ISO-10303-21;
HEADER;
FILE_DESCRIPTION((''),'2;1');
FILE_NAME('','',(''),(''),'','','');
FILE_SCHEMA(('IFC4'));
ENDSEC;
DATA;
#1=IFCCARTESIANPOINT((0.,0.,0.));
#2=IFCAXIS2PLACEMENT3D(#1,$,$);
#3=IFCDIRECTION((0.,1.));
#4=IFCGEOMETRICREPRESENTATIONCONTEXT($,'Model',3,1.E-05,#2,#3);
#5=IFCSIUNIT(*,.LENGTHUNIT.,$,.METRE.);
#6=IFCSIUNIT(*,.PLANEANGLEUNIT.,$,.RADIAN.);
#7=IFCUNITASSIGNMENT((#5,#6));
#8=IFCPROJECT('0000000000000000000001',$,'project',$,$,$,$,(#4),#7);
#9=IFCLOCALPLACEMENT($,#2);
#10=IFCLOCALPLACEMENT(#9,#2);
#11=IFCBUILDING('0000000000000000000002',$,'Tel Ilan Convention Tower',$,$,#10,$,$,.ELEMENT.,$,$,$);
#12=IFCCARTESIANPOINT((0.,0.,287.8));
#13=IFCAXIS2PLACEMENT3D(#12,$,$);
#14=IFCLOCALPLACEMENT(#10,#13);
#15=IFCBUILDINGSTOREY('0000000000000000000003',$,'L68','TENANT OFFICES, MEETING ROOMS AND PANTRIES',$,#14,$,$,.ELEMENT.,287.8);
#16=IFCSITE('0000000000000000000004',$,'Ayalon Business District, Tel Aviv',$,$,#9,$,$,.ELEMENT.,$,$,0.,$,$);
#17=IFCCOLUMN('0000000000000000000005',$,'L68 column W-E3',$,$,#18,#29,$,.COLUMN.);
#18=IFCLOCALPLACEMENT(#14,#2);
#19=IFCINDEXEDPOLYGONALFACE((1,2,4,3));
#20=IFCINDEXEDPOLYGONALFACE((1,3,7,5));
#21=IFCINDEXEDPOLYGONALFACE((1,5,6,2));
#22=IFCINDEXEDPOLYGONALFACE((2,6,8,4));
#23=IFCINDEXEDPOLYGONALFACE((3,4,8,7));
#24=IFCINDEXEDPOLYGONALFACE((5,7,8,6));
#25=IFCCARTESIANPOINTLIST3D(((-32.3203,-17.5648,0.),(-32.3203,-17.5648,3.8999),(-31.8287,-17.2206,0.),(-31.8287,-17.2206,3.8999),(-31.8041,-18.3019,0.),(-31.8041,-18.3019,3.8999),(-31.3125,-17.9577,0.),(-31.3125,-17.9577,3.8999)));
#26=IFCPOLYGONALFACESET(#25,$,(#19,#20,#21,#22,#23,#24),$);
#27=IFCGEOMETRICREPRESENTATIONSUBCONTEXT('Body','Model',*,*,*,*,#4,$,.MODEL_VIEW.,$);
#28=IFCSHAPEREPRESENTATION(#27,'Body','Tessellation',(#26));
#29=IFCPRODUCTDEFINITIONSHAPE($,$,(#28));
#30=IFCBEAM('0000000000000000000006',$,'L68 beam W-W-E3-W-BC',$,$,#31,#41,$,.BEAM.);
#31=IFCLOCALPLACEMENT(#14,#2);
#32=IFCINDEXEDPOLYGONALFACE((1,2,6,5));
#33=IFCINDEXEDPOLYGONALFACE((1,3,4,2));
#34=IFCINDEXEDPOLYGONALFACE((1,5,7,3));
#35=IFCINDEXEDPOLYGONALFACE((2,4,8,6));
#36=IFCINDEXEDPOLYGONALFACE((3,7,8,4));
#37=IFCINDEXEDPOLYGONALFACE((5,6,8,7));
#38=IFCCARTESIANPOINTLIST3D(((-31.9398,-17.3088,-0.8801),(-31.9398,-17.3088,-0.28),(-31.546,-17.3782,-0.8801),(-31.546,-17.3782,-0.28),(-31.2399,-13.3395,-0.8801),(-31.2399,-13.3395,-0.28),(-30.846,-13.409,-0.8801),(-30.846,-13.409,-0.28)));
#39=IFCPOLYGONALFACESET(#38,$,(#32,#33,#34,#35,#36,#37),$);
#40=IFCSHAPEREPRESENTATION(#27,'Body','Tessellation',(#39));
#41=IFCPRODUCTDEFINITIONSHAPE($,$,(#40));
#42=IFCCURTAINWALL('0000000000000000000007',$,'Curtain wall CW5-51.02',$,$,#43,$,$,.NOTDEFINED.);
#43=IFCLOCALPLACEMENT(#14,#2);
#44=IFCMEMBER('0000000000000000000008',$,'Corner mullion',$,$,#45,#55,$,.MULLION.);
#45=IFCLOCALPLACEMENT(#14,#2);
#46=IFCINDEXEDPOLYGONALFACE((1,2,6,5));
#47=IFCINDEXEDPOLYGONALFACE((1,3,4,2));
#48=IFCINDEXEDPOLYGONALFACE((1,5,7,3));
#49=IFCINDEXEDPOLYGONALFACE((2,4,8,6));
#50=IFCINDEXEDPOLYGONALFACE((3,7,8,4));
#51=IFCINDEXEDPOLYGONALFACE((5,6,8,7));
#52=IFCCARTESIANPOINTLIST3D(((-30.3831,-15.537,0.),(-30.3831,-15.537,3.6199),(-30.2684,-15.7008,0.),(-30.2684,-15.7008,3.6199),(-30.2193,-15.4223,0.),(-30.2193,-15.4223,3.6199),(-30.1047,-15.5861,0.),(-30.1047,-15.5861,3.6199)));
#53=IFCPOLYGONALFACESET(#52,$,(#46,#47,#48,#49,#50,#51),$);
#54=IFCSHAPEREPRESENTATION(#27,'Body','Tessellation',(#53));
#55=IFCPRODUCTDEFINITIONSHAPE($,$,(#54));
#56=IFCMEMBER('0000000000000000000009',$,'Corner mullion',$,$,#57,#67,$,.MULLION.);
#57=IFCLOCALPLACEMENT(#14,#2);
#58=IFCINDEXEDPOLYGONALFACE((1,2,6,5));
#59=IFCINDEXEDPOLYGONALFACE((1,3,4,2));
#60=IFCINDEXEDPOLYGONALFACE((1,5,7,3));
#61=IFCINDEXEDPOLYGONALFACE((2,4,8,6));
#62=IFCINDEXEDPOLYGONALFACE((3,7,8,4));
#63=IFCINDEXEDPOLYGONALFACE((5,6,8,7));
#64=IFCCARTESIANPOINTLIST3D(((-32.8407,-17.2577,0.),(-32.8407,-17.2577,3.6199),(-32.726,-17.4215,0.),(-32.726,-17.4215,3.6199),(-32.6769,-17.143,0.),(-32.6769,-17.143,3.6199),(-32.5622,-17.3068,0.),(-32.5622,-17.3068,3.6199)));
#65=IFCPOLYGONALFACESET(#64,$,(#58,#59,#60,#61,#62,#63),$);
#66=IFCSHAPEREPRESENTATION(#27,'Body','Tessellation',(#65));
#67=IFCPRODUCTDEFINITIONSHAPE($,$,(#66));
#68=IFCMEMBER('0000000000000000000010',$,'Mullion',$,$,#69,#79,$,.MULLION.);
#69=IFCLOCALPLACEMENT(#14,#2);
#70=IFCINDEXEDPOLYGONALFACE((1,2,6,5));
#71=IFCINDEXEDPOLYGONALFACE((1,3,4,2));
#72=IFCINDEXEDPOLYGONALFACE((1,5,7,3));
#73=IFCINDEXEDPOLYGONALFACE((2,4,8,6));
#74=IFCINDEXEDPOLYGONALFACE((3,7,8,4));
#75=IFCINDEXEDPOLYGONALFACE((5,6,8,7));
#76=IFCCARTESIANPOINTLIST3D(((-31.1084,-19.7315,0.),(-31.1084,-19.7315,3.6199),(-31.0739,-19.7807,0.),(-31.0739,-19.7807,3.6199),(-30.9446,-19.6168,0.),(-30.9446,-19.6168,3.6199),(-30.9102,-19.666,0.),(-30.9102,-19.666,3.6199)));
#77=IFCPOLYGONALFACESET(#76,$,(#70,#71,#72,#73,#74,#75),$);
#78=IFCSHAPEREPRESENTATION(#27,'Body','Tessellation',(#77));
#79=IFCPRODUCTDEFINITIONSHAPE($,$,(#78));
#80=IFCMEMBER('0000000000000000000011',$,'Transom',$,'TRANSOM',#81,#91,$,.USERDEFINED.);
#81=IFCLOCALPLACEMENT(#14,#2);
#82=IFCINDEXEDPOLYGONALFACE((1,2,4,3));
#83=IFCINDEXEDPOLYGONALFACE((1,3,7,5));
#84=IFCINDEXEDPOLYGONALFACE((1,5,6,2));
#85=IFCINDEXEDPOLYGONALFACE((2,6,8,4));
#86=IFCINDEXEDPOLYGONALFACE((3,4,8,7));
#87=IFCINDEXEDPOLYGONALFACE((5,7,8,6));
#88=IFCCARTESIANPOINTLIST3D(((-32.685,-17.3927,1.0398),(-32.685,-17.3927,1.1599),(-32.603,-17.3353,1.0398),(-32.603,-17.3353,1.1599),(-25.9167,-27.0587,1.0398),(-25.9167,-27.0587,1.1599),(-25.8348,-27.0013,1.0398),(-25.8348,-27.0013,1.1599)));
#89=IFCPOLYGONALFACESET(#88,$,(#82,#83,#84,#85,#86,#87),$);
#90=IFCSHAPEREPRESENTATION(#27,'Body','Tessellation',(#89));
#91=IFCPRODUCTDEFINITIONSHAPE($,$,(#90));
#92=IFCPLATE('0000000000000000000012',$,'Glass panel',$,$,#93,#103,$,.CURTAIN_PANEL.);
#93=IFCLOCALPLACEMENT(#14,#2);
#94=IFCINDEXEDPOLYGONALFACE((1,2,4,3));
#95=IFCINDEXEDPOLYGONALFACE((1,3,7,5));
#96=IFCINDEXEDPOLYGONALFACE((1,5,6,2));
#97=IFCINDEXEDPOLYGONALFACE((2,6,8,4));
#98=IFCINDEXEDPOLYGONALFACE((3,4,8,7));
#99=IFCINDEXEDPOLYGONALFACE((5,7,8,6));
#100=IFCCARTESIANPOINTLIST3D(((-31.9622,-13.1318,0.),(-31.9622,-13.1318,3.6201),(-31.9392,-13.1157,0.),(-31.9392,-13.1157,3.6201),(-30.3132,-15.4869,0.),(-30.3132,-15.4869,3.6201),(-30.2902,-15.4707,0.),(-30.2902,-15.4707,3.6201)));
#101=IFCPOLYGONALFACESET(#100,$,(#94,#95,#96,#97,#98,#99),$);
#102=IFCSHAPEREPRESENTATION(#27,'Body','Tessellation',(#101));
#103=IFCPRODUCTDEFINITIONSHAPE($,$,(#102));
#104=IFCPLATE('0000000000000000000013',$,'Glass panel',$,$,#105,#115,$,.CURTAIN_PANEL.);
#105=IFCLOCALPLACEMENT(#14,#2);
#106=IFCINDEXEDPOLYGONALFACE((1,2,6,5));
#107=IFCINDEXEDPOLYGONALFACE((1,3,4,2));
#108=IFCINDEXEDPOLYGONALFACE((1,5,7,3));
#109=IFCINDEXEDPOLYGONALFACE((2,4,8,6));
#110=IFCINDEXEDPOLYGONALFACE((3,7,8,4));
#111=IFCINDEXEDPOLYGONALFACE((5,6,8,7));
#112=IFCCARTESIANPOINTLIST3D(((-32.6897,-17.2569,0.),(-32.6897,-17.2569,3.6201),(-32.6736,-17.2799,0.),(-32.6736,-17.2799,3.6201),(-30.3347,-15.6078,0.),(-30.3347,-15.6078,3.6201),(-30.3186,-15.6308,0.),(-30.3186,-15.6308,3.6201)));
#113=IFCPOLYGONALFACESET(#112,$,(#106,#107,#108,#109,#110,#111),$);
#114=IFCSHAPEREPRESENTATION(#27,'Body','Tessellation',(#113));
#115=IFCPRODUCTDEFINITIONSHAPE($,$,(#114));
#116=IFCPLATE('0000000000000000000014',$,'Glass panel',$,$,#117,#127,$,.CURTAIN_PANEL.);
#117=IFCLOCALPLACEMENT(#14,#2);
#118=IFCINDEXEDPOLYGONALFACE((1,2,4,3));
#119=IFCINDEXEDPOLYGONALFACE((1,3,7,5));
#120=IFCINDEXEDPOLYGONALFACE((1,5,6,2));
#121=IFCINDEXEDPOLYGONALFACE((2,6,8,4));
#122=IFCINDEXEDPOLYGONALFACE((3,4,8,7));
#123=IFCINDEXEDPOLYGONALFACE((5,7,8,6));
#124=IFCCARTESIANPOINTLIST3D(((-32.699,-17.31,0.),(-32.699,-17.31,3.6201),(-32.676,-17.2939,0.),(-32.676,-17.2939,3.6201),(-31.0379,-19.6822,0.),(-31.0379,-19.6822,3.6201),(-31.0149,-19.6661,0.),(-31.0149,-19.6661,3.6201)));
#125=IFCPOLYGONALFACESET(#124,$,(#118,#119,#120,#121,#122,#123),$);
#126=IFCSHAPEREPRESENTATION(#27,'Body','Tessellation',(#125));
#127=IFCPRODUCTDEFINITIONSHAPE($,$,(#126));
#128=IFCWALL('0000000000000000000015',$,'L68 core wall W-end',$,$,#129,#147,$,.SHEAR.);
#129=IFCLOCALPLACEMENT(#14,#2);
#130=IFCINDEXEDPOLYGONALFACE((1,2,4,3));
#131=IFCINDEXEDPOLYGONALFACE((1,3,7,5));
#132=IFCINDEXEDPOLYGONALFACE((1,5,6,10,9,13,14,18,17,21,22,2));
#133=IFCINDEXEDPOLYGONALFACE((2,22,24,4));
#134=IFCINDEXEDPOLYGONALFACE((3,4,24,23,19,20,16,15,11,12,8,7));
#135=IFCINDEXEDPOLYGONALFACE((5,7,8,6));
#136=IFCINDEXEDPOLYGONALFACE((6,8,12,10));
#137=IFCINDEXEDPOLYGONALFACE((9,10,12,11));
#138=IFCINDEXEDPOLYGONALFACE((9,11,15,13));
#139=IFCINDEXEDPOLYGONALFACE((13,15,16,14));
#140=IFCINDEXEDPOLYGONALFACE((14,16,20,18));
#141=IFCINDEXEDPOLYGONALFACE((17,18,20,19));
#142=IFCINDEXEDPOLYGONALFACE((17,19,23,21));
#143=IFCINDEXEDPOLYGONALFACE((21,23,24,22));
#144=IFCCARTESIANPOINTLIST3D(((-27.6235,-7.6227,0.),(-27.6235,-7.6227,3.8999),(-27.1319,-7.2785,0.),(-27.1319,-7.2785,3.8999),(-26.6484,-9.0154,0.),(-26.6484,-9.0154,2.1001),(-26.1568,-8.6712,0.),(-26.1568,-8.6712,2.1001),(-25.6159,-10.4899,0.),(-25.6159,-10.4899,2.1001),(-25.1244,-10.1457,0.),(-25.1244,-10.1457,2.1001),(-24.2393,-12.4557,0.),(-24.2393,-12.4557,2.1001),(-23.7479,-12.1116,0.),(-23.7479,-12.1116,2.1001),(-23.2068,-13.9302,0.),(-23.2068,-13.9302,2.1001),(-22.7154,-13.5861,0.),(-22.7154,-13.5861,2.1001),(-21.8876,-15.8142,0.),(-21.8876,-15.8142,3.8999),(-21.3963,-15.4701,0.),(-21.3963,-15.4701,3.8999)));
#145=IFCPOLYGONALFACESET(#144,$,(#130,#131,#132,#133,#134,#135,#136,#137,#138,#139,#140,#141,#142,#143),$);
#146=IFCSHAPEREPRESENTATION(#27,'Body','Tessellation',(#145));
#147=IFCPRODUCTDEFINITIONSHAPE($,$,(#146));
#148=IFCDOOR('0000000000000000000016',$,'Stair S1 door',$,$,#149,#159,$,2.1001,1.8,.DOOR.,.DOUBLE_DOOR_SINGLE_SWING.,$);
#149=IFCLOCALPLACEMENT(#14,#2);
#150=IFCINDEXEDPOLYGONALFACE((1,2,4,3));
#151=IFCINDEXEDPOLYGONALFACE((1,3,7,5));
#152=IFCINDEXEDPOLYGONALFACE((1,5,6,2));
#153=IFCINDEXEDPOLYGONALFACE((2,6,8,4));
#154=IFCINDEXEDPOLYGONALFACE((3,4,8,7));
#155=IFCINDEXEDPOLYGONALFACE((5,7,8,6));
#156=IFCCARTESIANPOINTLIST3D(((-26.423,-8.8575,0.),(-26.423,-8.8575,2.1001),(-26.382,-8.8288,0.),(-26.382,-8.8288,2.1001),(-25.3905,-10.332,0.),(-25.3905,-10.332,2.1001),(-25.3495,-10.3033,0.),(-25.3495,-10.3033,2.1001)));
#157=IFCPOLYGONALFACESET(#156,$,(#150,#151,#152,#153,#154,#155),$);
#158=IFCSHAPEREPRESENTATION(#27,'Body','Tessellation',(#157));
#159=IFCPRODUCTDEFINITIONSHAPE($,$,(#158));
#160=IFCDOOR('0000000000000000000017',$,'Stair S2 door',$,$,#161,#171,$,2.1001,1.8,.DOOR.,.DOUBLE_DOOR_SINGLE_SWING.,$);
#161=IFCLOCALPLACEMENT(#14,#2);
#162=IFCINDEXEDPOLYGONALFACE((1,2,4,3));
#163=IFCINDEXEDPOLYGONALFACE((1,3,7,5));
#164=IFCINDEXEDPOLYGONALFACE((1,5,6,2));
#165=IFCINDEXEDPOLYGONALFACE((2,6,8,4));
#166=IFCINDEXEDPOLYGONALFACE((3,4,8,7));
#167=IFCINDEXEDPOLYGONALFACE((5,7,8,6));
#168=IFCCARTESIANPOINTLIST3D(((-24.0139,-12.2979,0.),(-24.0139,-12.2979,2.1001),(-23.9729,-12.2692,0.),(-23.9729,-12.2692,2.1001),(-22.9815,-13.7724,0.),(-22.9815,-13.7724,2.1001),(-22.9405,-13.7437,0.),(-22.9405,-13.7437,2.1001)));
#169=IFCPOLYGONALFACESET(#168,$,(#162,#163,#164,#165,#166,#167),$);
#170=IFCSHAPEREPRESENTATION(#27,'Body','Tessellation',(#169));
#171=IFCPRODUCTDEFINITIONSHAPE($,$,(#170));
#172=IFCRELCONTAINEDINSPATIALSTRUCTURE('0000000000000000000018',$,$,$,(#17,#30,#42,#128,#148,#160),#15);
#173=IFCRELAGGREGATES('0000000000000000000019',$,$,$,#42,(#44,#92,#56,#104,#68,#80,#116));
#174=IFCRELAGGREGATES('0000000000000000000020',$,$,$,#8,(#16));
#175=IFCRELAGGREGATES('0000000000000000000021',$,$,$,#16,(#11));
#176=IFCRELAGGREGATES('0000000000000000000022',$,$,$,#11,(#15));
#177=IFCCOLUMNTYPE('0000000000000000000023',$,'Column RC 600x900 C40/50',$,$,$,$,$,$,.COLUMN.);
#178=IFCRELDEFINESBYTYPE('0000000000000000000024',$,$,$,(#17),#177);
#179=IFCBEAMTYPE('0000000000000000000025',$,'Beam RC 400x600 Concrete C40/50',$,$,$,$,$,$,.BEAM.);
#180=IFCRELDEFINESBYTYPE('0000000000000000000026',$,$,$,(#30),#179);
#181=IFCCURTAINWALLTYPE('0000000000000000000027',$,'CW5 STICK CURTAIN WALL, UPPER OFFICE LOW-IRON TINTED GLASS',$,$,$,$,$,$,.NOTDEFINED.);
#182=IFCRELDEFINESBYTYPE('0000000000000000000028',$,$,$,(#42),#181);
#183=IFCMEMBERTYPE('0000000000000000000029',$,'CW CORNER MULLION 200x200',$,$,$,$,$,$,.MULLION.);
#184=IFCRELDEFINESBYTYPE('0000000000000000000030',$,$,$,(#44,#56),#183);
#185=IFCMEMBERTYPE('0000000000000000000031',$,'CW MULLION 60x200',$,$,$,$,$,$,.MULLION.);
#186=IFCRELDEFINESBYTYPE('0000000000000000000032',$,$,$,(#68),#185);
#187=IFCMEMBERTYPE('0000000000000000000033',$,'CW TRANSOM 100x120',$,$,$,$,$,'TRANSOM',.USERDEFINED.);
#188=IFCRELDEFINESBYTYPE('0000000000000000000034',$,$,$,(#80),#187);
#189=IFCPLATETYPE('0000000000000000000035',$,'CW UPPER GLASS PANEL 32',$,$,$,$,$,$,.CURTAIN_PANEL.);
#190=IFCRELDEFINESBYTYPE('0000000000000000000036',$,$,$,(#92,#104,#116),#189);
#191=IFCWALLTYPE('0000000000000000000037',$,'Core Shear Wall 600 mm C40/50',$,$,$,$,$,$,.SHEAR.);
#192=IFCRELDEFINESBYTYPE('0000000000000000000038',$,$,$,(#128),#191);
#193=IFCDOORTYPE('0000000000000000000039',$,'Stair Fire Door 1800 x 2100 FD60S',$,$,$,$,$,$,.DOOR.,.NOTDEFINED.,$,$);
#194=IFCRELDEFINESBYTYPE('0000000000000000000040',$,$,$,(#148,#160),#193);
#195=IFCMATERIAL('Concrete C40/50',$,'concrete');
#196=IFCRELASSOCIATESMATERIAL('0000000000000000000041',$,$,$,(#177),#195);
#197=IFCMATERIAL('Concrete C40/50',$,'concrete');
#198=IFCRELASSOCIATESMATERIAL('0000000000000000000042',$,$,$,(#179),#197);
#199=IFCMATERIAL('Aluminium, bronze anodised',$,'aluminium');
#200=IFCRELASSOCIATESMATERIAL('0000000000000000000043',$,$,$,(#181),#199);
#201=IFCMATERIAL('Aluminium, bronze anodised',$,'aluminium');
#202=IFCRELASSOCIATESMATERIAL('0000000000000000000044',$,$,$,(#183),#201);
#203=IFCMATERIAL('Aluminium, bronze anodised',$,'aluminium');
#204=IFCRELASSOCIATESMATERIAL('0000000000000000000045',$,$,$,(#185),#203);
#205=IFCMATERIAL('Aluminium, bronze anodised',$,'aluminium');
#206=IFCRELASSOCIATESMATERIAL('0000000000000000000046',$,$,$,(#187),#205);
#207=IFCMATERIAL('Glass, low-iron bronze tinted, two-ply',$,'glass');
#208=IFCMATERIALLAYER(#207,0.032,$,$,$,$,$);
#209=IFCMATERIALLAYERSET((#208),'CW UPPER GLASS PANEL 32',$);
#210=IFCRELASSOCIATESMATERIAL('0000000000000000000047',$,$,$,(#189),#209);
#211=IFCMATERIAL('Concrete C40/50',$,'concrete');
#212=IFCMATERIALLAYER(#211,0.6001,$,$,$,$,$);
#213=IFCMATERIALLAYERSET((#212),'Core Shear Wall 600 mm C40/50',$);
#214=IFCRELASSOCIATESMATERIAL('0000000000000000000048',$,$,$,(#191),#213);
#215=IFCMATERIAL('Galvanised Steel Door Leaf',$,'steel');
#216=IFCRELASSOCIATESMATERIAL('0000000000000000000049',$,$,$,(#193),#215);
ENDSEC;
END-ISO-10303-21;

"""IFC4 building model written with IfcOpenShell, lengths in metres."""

from ifc_helpers import new_model, si_unit, direction, frame, frame_2d, origin, origin_2d, place, context, subcontext, project, spatial, polyline, rectangle, outline, extrude, material, layer, layer_set, material_profile, profile_set, type_object, element, fill, aggregate, save


model = new_model("IFC4")

# Units and contexts
model_context = context("Model", 3, precision=1e-05, world=origin(), true_north=direction((0.0, 1.0)))
body_context = subcontext(model_context, "Body", "Model", "MODEL_VIEW")
ifc_project = project(units=[si_unit("LENGTHUNIT", "METRE"), si_unit("PLANEANGLEUNIT", "RADIAN")], contexts=[model_context])

# Site, building, storey
site_placement = place(None, origin())
site = spatial("IfcSite", under=ifc_project, at=site_placement, Name="Ayalon Business District, Tel Aviv", CompositionType="ELEMENT", RefElevation=0.0)
building_placement = place(site_placement, origin())
building = spatial("IfcBuilding", under=site, at=building_placement, Name="Tel Ilan Convention Tower", CompositionType="ELEMENT")
storey_placement = place(building_placement, frame((0.0, 0.0, 287.8)))
storey = spatial("IfcBuildingStorey", under=building, at=storey_placement, Name="L68", Description="TENANT OFFICES, MEETING ROOMS AND PANTRIES", CompositionType="ELEMENT", Elevation=287.8)

# Column
ifc_material_1 = material(Name="Concrete C40/50", Category="concrete")
ifc_material_profile_1 = material_profile(ifc_material_1, rectangle(XDim=0.8999, YDim=0.6001, at=origin_2d()), Name="RC 600x900")
ifc_profile_set_1 = profile_set([ifc_material_profile_1], Name="Concrete C40/50")
column_type = type_object("IfcColumnType", Name="Column RC 600x900 C40/50", PredefinedType="COLUMN", material=ifc_profile_set_1)
column_placement = place(storey_placement, frame((-31.8164, -17.7612, 0.0), z_axis=(0.0, 0.0, 1.0), x_axis=(-0.573576, 0.819152, 0.0)))
element("IfcColumn", 1, at=column_placement, inside=storey, type_object=column_type, Name="L68 column W-E3", PredefinedType="COLUMN", context=body_context, shape_type="SweptSolid", body=[
    extrude(rectangle(XDim=0.8999, YDim=0.6001, at=origin_2d()), origin(), (0.0, 0.0, 1.0), 3.8999),
])

# Beam
ifc_material_2 = material(Name="Concrete C40/50", Category="concrete")
ifc_material_profile_2 = material_profile(ifc_material_2, rectangle(XDim=0.3999, YDim=0.6001, at=origin_2d()), Name="RC 400x600")
ifc_profile_set_2 = profile_set([ifc_material_profile_2], Name="Concrete C40/50")
beam_type = type_object("IfcBeamType", Name="Beam RC 400x600 Concrete C40/50", PredefinedType="BEAM", material=ifc_profile_set_2)
beam_placement = place(storey_placement, frame((-31.7429, -17.3435, -0.5801), z_axis=(0.173664, 0.984805, 0.0), x_axis=(-0.984805, 0.173664, 0.0)))
element("IfcBeam", 2, at=beam_placement, inside=storey, type_object=beam_type, Name="L68 beam W-W-E3-W-BC", PredefinedType="BEAM", context=body_context, shape_type="SweptSolid", body=[
    extrude(rectangle(XDim=0.3999, YDim=0.6001, at=origin_2d()), origin(), (0.0, 0.0, 1.0), 4.0305),
])

# Curtain wall, members, plates
ifc_material_3 = material(Name="Aluminium, bronze anodised", Category="aluminium")
curtain_wall_type = type_object("IfcCurtainWallType", Name="CW5 STICK CURTAIN WALL, UPPER OFFICE LOW-IRON TINTED GLASS", PredefinedType="NOTDEFINED", material=ifc_material_3)
curtain_wall_placement = place(storey_placement, origin())
curtain_wall = element("IfcCurtainWall", 3, at=curtain_wall_placement, inside=storey, type_object=curtain_wall_type, Name="Curtain wall CW5-51.02", PredefinedType="NOTDEFINED")
ifc_material_4 = material(Name="Aluminium, bronze anodised", Category="aluminium")
ifc_material_profile_3 = material_profile(ifc_material_4, rectangle(XDim=0.2, YDim=0.2, at=origin_2d()), Name="CW CORNER MULLION 200x200")
ifc_profile_set_3 = profile_set([ifc_material_profile_3], Name="Aluminium, bronze anodised")
member_type_1 = type_object("IfcMemberType", Name="CW CORNER MULLION 200x200", PredefinedType="MULLION", material=ifc_profile_set_3)
member_1_placement = place(storey_placement, frame((-30.2439, -15.5615, 0.0), z_axis=(0.0, 0.0, 1.0), x_axis=(0.573576, -0.819152, 0.0)))
member_1 = element("IfcMember", 4, at=member_1_placement, type_object=member_type_1, Name="Corner mullion", PredefinedType="MULLION", context=body_context, shape_type="SweptSolid", body=[
    extrude(rectangle(XDim=0.2, YDim=0.2, at=origin_2d()), origin(), (0.0, 0.0, 1.0), 3.6199),
])
member_2_placement = place(storey_placement, frame((-32.7014, -17.2822, 0.0), z_axis=(0.0, 0.0, 1.0), x_axis=(-0.819152, -0.573576, 0.0)))
member_2 = element("IfcMember", 5, at=member_2_placement, type_object=member_type_1, Name="Corner mullion", PredefinedType="MULLION", context=body_context, shape_type="SweptSolid", body=[
    extrude(rectangle(XDim=0.2, YDim=0.2, at=origin_2d()), origin(), (0.0, 0.0, 1.0), 3.6199),
])
ifc_material_5 = material(Name="Aluminium, bronze anodised", Category="aluminium")
ifc_material_profile_4 = material_profile(ifc_material_5, rectangle(XDim=0.0601, YDim=0.2, at=origin_2d()), Name="CW MULLION 60x200")
ifc_profile_set_4 = profile_set([ifc_material_profile_4], Name="Aluminium, bronze anodised")
member_type_2 = type_object("IfcMemberType", Name="CW MULLION 60x200", PredefinedType="MULLION", material=ifc_profile_set_4)
member_3_placement = place(storey_placement, frame((-31.0093, -19.6987, 0.0), z_axis=(0.0, 0.0, 1.0), x_axis=(0.573576, -0.819152, 0.0)))
member_3 = element("IfcMember", 6, at=member_3_placement, type_object=member_type_2, Name="Mullion", PredefinedType="MULLION", context=body_context, shape_type="SweptSolid", body=[
    extrude(rectangle(XDim=0.0601, YDim=0.2, at=origin_2d()), origin(), (0.0, 0.0, 1.0), 3.6199),
])
ifc_material_6 = material(Name="Aluminium, bronze anodised", Category="aluminium")
ifc_material_profile_5 = material_profile(ifc_material_6, rectangle(XDim=0.1001, YDim=0.1201, at=origin_2d()), Name="CW TRANSOM 100x120")
ifc_profile_set_5 = profile_set([ifc_material_profile_5], Name="Aluminium, bronze anodised")
member_type_3 = type_object("IfcMemberType", Name="CW TRANSOM 100x120", ElementType="TRANSOM", PredefinedType="USERDEFINED", material=ifc_profile_set_5)
member_4_placement = place(storey_placement, frame((-32.644, -17.364, 1.0999), z_axis=(0.573582, -0.819148, 0.0), x_axis=(0.819148, 0.573582, 0.0)))
member_4 = element("IfcMember", 7, at=member_4_placement, type_object=member_type_3, Name="Transom", ObjectType="TRANSOM", PredefinedType="USERDEFINED", context=body_context, shape_type="SweptSolid", body=[
    extrude(rectangle(XDim=0.1001, YDim=0.1201, at=origin_2d()), origin(), (0.0, 0.0, 1.0), 11.8),
])
ifc_material_7 = material(Name="Glass, low-iron bronze tinted, two-ply", Category="glass")
ifc_layer_1 = layer(ifc_material_7, 0.032)
ifc_layer_set_1 = layer_set([ifc_layer_1], Name="CW UPPER GLASS PANEL 32")
plate_type = type_object("IfcPlateType", Name="CW UPPER GLASS PANEL 32", PredefinedType="CURTAIN_PANEL", material=ifc_layer_set_1)
plate_1_placement = place(storey_placement, frame((-31.1262, -14.3013, 0.0), z_axis=(0.0, 0.0, 1.0), x_axis=(0.573576, -0.819152, 0.0)))
plate_1 = element("IfcPlate", 8, at=plate_1_placement, type_object=plate_type, Name="Glass panel", PredefinedType="CURTAIN_PANEL", context=body_context, shape_type="SweptSolid", body=[
    extrude(rectangle(XDim=2.875, YDim=0.0281, at=origin_2d()), origin(), (0.0, 0.0, 1.0), 3.6201),
])
plate_2_placement = place(storey_placement, frame((-31.5042, -16.4438, 0.0), z_axis=(0.0, 0.0, 1.0), x_axis=(-0.819152, -0.573576, 0.0)))
plate_2 = element("IfcPlate", 9, at=plate_2_placement, type_object=plate_type, Name="Glass panel", PredefinedType="CURTAIN_PANEL", context=body_context, shape_type="SweptSolid", body=[
    extrude(rectangle(XDim=2.875, YDim=0.0281, at=origin_2d()), origin(), (0.0, 0.0, 1.0), 3.6201),
])
plate_3_placement = place(storey_placement, frame((-31.8569, -18.488, 0.0), z_axis=(0.0, 0.0, 1.0), x_axis=(0.573576, -0.819152, 0.0)))
plate_3 = element("IfcPlate", 10, at=plate_3_placement, type_object=plate_type, Name="Glass panel", PredefinedType="CURTAIN_PANEL", context=body_context, shape_type="SweptSolid", body=[
    extrude(rectangle(XDim=2.896, YDim=0.0281, at=origin_2d()), origin(), (0.0, 0.0, 1.0), 3.6201),
])
aggregate(curtain_wall, [member_1, plate_1, member_2, plate_2, member_3, member_4, plate_3])

# Wall, openings, doors
ifc_material_8 = material(Name="Concrete C40/50", Category="concrete")
ifc_layer_2 = layer(ifc_material_8, 0.6001)
ifc_layer_set_2 = layer_set([ifc_layer_2], Name="Core Shear Wall 600 mm C40/50")
wall_type_1 = type_object("IfcWallType", Name="Core Shear Wall 600 mm C40/50", PredefinedType="SHEAR", material=ifc_layer_set_2)
wall_1_placement = place(storey_placement, frame((-21.6418, -15.6421, 0.0), z_axis=(0.0, 0.0, 1.0), x_axis=(-0.573587, 0.819145, 0.0)))
wall_1 = element("IfcWall", 11, at=wall_1_placement, inside=storey, type_object=wall_type_1, Name="L68 core wall W-end", PredefinedType="SHEAR", context=body_context, shape_type="SweptSolid", body=[
    extrude(outline(polyline([(0.0, 0.3), (0.0, -0.2998), (10.0, -0.3), (10.0, 0.3), (0.0, 0.3)])), origin(), (0.0, 0.0, 1.0), 3.8999),
])
opening_1_placement = place(wall_1_placement, frame((6.5, 0.0, 0.0)))
opening_1 = element("IfcOpeningElement", 12, at=opening_1_placement, cuts=wall_1, PredefinedType="OPENING", context=body_context, shape_type="SweptSolid", body=[
    extrude(rectangle(XDim=1.8, YDim=2.1001, at=frame_2d((0.8999, 1.05))), frame((0.0, 0.3101, 0.0), z_axis=(0.0, -1.0, 0.0), x_axis=(1.0, 0.0, 0.0)), (0.0, 0.0, 1.0), 0.6201),
])
opening_2_placement = place(wall_1_placement, frame((2.3, 0.0, 0.0)))
opening_2 = element("IfcOpeningElement", 13, at=opening_2_placement, cuts=wall_1, PredefinedType="OPENING", context=body_context, shape_type="SweptSolid", body=[
    extrude(rectangle(XDim=1.8, YDim=2.1001, at=frame_2d((0.8999, 1.05))), frame((0.0, 0.3101, 0.0), z_axis=(0.0, -1.0, 0.0), x_axis=(1.0, 0.0, 0.0)), (0.0, 0.0, 1.0), 0.6201),
])
ifc_material_9 = material(Name="Galvanised Steel Door Leaf", Category="steel")
door_type_1 = type_object("IfcDoorType", Name="Stair Fire Door 1800 x 2100 FD60S", OperationType="NOTDEFINED", PredefinedType="DOOR", material=ifc_material_9)
door_1_placement = place(opening_1_placement, origin())
door_1 = element("IfcDoor", 14, at=door_1_placement, inside=storey, type_object=door_type_1, Name="Stair S1 door", OperationType="DOUBLE_DOOR_SINGLE_SWING", OverallHeight=2.1001, OverallWidth=1.8, PredefinedType="DOOR", context=body_context, shape_type="SweptSolid", body=[
    extrude(rectangle(XDim=1.8, YDim=2.1001, at=frame_2d((0.8999, 1.05))), frame((0.0, 0.0249, 0.0), z_axis=(0.0, -1.0, 0.0), x_axis=(1.0, 0.0, 0.0)), (0.0, 0.0, 1.0), 0.05),
])
fill(opening_1, door_1)
door_2_placement = place(opening_2_placement, origin())
door_2 = element("IfcDoor", 15, at=door_2_placement, inside=storey, type_object=door_type_1, Name="Stair S2 door", OperationType="DOUBLE_DOOR_SINGLE_SWING", OverallHeight=2.1001, OverallWidth=1.8, PredefinedType="DOOR", context=body_context, shape_type="SweptSolid", body=[
    extrude(rectangle(XDim=1.8, YDim=2.1001, at=frame_2d((0.8999, 1.05))), frame((0.0, 0.0249, 0.0), z_axis=(0.0, -1.0, 0.0), x_axis=(1.0, 0.0, 0.0)), (0.0, 0.0, 1.0), 0.05),
])
fill(opening_2, door_2)

save(model, "model.ifc")
